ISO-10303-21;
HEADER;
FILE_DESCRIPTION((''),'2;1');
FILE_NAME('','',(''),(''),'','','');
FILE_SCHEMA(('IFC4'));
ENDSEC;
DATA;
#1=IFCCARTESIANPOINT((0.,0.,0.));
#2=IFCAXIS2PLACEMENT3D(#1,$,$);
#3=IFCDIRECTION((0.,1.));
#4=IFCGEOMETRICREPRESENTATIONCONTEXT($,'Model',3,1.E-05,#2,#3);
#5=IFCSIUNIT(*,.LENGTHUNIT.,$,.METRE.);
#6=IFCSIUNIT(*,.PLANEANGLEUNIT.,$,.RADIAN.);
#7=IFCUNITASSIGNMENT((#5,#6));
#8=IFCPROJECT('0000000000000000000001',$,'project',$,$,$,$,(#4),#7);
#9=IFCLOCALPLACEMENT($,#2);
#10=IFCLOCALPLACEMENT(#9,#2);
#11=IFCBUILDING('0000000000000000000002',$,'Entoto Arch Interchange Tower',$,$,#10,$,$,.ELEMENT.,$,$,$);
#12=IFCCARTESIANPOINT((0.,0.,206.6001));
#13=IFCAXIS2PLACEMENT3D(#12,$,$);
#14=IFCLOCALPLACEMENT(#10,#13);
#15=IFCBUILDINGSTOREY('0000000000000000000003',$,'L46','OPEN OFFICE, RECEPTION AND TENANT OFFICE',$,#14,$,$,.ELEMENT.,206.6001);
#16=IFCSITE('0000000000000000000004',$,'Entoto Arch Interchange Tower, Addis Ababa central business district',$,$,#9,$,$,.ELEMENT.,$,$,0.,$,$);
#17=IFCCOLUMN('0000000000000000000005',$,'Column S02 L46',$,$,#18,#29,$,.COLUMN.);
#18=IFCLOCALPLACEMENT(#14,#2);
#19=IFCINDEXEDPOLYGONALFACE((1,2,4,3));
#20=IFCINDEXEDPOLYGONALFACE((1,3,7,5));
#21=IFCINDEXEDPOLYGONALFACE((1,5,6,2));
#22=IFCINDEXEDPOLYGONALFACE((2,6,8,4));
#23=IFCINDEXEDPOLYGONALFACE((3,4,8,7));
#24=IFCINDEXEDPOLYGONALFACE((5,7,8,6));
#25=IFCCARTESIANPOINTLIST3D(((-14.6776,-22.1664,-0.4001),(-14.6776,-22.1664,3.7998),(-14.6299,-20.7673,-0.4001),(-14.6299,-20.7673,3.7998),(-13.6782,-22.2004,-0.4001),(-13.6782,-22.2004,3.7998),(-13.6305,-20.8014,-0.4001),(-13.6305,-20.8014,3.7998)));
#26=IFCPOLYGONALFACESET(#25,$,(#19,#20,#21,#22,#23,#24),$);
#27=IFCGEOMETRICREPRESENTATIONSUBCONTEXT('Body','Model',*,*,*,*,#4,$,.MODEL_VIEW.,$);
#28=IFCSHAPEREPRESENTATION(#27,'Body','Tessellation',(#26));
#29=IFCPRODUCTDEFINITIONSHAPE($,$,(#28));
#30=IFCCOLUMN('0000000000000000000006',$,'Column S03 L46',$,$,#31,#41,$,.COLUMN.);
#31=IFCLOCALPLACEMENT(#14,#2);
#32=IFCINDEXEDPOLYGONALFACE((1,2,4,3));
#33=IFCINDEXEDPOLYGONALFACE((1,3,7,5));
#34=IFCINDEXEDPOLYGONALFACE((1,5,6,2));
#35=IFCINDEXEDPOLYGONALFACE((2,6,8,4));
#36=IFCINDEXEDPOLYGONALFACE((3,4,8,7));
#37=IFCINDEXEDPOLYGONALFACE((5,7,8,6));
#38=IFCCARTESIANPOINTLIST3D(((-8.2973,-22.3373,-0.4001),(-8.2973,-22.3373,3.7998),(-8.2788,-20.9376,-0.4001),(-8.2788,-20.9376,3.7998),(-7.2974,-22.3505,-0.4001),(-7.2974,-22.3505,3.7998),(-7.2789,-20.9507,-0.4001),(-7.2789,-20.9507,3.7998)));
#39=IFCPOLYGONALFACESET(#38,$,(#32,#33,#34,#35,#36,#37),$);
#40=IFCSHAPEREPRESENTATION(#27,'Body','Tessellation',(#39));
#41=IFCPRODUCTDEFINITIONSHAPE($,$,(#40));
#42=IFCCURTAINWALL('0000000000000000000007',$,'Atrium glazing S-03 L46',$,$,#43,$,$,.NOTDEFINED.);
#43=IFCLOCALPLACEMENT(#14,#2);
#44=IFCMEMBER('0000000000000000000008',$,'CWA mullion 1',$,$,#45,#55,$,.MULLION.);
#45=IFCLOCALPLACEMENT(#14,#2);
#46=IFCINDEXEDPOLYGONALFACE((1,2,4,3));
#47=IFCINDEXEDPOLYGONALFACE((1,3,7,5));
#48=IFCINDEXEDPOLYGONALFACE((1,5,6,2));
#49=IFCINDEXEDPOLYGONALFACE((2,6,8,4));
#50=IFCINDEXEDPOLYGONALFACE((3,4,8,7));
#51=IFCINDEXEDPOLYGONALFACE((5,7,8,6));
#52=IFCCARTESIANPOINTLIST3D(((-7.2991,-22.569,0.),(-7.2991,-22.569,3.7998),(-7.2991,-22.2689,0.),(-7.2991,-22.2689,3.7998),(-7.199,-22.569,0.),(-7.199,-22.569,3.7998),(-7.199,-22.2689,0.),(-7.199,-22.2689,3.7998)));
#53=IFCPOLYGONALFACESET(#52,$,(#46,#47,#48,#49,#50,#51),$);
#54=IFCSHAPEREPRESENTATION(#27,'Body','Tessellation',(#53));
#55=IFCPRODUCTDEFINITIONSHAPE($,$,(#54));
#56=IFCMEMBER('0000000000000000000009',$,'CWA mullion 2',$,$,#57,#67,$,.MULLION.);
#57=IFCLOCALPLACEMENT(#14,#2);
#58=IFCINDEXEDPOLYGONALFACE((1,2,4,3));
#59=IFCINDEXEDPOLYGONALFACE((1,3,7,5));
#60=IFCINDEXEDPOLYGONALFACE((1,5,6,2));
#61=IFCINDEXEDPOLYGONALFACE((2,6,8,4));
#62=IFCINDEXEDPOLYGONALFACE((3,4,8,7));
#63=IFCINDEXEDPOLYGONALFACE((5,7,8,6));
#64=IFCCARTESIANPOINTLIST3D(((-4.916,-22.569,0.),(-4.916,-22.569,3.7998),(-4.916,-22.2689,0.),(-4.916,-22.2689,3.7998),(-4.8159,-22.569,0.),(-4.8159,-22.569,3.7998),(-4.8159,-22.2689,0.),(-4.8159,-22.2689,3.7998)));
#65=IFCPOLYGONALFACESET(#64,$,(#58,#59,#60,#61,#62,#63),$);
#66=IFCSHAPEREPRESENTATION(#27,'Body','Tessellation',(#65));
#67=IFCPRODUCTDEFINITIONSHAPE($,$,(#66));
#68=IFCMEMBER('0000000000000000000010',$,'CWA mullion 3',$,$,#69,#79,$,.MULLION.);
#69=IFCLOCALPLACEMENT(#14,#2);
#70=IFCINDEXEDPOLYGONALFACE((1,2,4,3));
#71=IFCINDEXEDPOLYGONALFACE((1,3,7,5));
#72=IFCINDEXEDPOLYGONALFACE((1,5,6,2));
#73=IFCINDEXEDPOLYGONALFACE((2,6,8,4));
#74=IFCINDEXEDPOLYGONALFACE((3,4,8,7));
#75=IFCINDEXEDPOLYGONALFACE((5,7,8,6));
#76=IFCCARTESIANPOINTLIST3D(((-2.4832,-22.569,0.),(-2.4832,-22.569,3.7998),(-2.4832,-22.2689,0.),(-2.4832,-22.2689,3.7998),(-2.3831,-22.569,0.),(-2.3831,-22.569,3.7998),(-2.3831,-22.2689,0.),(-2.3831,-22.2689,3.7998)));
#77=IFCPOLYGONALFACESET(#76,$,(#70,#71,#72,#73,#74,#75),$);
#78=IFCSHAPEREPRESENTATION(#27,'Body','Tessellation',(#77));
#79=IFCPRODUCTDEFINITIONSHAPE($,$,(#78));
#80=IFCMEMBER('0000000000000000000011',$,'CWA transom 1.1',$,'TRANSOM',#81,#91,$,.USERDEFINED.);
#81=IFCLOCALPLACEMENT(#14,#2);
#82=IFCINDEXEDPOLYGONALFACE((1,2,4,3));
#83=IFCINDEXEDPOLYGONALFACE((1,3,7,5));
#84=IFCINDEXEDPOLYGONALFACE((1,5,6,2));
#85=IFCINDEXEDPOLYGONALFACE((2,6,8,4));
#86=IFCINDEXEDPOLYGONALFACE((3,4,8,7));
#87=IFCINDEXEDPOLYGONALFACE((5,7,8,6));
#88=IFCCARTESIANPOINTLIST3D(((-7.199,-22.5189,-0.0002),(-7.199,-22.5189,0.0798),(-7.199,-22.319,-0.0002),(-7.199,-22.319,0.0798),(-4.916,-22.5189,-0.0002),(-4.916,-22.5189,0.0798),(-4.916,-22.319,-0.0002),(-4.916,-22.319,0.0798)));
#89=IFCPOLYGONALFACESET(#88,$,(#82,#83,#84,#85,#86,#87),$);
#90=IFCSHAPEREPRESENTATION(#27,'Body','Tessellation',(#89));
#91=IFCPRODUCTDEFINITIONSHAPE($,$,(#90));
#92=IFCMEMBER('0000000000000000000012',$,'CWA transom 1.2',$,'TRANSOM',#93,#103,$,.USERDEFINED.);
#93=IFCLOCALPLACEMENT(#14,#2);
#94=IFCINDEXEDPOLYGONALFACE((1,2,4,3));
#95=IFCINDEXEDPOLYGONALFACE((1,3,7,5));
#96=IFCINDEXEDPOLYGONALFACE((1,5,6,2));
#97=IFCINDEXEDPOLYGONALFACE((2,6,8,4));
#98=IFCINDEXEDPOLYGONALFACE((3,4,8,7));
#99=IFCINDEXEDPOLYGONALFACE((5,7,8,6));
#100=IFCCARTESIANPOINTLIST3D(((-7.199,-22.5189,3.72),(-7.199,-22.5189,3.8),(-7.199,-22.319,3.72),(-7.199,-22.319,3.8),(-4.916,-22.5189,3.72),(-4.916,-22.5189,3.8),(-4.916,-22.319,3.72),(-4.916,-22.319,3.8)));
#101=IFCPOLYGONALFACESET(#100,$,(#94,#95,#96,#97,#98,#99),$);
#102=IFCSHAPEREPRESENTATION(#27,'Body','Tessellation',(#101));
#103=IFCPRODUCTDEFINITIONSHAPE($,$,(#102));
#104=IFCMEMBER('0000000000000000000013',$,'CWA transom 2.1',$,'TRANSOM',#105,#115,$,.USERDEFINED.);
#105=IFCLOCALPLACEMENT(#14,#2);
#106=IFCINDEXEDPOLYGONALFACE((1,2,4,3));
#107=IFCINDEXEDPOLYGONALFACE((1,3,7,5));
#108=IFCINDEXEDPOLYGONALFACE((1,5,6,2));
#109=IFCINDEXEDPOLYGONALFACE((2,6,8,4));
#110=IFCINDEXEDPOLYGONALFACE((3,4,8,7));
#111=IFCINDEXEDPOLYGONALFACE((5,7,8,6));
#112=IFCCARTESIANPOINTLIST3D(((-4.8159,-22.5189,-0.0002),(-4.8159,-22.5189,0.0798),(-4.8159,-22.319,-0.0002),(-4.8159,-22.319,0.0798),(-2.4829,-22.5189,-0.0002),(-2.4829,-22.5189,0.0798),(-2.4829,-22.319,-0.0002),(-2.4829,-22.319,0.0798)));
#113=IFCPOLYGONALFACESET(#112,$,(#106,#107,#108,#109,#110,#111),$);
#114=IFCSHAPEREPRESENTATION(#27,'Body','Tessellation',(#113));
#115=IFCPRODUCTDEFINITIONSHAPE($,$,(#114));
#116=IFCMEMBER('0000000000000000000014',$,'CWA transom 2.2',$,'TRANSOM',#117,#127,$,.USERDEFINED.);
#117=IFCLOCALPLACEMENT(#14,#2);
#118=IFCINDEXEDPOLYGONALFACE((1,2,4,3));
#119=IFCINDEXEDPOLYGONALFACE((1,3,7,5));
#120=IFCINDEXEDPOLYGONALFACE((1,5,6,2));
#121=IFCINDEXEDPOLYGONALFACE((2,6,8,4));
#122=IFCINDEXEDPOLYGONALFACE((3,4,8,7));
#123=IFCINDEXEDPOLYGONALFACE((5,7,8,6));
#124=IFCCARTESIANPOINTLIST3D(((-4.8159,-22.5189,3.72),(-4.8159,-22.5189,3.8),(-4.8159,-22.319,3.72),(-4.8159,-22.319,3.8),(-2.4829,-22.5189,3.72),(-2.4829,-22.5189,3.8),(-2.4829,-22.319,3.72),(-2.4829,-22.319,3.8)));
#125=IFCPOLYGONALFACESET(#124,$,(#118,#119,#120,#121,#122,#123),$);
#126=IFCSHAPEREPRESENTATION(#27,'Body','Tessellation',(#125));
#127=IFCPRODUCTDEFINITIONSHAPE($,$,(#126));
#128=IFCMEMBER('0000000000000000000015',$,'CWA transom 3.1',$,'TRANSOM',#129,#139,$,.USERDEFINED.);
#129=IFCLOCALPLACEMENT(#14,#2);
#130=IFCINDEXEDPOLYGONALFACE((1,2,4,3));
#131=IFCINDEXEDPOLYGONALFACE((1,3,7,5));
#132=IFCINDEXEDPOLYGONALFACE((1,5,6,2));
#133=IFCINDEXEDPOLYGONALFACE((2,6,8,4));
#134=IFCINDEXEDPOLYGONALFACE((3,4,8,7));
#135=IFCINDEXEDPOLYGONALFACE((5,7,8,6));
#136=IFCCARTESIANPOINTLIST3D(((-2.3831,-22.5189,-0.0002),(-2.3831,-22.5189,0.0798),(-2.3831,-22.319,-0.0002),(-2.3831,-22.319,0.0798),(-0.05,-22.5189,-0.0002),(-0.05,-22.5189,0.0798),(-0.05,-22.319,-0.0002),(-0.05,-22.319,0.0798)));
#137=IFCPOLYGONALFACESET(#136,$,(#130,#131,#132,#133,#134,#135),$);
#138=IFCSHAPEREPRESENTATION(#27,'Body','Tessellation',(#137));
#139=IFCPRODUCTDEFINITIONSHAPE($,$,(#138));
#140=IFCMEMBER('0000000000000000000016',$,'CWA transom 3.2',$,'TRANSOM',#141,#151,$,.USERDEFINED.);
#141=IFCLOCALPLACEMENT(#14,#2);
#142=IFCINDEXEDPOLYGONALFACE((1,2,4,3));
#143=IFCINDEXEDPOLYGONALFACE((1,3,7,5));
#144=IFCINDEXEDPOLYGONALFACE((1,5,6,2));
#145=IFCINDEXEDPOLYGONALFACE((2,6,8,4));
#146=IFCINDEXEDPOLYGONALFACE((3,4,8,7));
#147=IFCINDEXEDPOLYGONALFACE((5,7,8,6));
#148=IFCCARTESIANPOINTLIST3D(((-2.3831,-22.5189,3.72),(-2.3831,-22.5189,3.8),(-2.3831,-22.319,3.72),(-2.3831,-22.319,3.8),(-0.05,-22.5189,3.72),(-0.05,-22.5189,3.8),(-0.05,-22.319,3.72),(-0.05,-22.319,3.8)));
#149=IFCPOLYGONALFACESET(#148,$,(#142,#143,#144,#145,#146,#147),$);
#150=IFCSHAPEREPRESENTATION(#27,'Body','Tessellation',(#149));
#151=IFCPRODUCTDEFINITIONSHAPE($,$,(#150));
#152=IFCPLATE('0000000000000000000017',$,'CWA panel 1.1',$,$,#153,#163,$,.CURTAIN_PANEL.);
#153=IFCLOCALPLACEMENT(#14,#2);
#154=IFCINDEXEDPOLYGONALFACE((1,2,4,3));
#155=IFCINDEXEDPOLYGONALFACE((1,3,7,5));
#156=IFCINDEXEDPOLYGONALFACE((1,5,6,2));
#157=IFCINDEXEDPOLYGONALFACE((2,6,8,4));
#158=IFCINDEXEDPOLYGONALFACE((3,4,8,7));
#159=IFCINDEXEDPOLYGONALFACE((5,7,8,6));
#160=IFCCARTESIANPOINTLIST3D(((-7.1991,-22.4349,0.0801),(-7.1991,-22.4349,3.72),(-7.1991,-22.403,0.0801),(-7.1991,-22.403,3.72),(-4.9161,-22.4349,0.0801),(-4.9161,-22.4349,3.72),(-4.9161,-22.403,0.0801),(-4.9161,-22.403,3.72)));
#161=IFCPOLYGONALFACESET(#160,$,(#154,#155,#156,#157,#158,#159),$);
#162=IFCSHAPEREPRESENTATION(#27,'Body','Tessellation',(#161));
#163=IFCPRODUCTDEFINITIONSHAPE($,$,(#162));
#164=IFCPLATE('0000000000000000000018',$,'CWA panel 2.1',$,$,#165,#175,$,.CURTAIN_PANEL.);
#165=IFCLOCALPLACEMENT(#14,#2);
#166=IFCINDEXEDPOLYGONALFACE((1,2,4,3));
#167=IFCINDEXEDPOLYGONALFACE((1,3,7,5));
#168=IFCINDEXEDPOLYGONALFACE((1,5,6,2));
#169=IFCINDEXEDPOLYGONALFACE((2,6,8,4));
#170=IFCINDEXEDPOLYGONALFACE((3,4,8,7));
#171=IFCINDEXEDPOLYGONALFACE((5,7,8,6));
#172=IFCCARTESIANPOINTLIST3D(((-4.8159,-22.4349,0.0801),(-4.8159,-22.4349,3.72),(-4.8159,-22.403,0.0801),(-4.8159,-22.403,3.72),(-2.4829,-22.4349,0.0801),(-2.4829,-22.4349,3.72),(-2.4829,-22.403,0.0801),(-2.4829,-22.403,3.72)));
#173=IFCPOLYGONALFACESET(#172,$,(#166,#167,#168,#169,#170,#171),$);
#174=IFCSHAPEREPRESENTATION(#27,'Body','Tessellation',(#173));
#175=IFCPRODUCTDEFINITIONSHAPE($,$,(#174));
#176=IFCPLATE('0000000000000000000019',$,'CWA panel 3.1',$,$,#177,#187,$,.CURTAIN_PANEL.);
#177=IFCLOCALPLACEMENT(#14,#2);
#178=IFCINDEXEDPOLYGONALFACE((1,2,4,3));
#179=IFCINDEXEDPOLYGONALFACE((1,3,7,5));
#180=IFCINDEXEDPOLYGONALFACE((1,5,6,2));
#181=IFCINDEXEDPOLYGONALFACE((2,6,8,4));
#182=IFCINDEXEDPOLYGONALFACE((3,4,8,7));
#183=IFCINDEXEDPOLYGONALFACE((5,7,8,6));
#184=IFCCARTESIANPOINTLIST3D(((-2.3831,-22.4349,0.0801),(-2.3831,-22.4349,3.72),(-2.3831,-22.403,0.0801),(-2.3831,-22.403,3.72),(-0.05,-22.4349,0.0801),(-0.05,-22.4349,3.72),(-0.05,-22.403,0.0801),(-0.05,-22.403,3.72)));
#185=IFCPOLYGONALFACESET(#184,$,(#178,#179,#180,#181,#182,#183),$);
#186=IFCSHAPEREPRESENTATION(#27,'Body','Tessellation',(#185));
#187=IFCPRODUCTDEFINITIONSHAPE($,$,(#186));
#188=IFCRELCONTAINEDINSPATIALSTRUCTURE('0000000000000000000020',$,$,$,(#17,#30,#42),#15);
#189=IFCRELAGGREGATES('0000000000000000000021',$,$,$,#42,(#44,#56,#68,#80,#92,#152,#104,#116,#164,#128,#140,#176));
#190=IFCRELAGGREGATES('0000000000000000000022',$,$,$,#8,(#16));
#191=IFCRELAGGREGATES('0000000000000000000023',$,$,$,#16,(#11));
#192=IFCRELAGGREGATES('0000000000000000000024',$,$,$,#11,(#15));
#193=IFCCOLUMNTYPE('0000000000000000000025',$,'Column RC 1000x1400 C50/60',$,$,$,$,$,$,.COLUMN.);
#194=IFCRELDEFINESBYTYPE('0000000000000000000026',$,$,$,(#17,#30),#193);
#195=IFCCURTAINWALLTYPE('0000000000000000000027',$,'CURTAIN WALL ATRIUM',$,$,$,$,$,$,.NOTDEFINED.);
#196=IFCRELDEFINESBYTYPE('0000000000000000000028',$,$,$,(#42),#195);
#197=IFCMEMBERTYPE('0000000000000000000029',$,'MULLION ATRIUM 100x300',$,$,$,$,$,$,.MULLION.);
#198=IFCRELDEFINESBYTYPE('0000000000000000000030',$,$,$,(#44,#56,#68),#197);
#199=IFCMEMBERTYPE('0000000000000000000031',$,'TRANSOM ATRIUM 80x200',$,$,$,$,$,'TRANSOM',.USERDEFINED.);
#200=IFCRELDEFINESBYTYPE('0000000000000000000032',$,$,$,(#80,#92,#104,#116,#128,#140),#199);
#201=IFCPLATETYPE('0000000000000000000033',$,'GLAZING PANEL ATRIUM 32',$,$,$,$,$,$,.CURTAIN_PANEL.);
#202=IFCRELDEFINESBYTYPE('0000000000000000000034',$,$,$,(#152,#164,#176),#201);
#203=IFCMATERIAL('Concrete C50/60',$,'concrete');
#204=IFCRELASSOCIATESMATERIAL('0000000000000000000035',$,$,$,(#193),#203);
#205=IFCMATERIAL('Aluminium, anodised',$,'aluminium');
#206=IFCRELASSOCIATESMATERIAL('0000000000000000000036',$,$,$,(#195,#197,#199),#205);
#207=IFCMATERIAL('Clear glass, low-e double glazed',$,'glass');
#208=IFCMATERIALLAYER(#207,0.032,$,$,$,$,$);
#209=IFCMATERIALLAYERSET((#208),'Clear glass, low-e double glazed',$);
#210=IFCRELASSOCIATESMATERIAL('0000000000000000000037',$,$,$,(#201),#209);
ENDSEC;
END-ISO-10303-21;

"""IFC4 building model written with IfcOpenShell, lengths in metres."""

from ifc_helpers import new_model, si_unit, direction, frame, origin, origin_2d, place, context, subcontext, project, spatial, rectangle, extrude, material, layer, layer_set, material_profile, profile_set, type_object, element, aggregate, save


model = new_model("IFC4")

# Units and contexts
model_context = context("Model", 3, precision=1e-05, world=origin(), true_north=direction((0.0, 1.0)))
body_context = subcontext(model_context, "Body", "Model", "MODEL_VIEW")
ifc_project = project(units=[si_unit("LENGTHUNIT", "METRE"), si_unit("PLANEANGLEUNIT", "RADIAN")], contexts=[model_context])

# Site, building, storey
site_placement = place(None, origin())
site = spatial("IfcSite", under=ifc_project, at=site_placement, Name="Entoto Arch Interchange Tower, Addis Ababa central business district", CompositionType="ELEMENT", RefElevation=0.0)
building_placement = place(site_placement, origin())
building = spatial("IfcBuilding", under=site, at=building_placement, Name="Entoto Arch Interchange Tower", CompositionType="ELEMENT")
storey_placement = place(building_placement, frame((0.0, 0.0, 206.6001)))
storey = spatial("IfcBuildingStorey", under=building, at=storey_placement, Name="L46", Description="OPEN OFFICE, RECEPTION AND TENANT OFFICE", CompositionType="ELEMENT", Elevation=206.6001)

# Columns
ifc_material_1 = material(Name="Concrete C50/60", Category="concrete")
ifc_material_profile_1 = material_profile(ifc_material_1, rectangle(XDim=1.0, YDim=1.3999, at=origin_2d()))
ifc_profile_set_1 = profile_set([ifc_material_profile_1], Name="Concrete C50/60")
column_type = type_object("IfcColumnType", Name="Column RC 1000x1400 C50/60", PredefinedType="COLUMN", material=ifc_profile_set_1)
for number, where, z_axis, x_axis, name in (
    (1, (-14.1541, -21.4839, -0.4001), (0.0, 0.0, 1.0), (-0.999421, 0.034027, 0.0), "Column S02 L46"),
    (2, (-7.7881, -21.644, -0.4001), (0.0, 0.0, 1.0), (-0.999913, 0.013177, 0.0), "Column S03 L46"),
):
    element("IfcColumn", number, at=place(storey_placement, frame(where, z_axis=z_axis, x_axis=x_axis)), inside=storey, type_object=column_type, Name=name, PredefinedType="COLUMN", context=body_context, shape_type="SweptSolid", body=[
        extrude(rectangle(XDim=1.0, YDim=1.3999, at=origin_2d()), origin(), (0.0, 0.0, 1.0), 4.2),
    ])

# Curtain wall, members, plates
ifc_material_2 = material(Name="Aluminium, anodised", Category="aluminium")
curtain_wall_type = type_object("IfcCurtainWallType", Name="CURTAIN WALL ATRIUM", PredefinedType="NOTDEFINED", material=ifc_material_2)
curtain_wall_placement = place(storey_placement, origin())
curtain_wall = element("IfcCurtainWall", 3, at=curtain_wall_placement, inside=storey, type_object=curtain_wall_type, Name="Atrium glazing S-03 L46", PredefinedType="NOTDEFINED")
ifc_material_profile_2 = material_profile(ifc_material_2, rectangle(XDim=0.3, YDim=0.1001, at=origin_2d()))
ifc_profile_set_2 = profile_set([ifc_material_profile_2], Name="Aluminium, anodised")
member_type_1 = type_object("IfcMemberType", Name="MULLION ATRIUM 100x300", PredefinedType="MULLION", material=ifc_profile_set_2)
member_1_placement = place(storey_placement, frame((-7.249, -22.4189, 0.0), z_axis=(0.0, 0.0, 1.0), x_axis=(0.0, 1.0, 0.0)))
member_1 = element("IfcMember", 4, at=member_1_placement, type_object=member_type_1, Name="CWA mullion 1", PredefinedType="MULLION", context=body_context, shape_type="SweptSolid", body=[
    extrude(rectangle(XDim=0.3, YDim=0.1001, at=origin_2d()), origin(), (0.0, 0.0, 1.0), 3.7998),
])
member_2_placement = place(storey_placement, frame((-4.866, -22.4189, 0.0), z_axis=(0.0, 0.0, 1.0), x_axis=(0.0, 1.0, 0.0)))
member_2 = element("IfcMember", 5, at=member_2_placement, type_object=member_type_1, Name="CWA mullion 2", PredefinedType="MULLION", context=body_context, shape_type="SweptSolid", body=[
    extrude(rectangle(XDim=0.3, YDim=0.1001, at=origin_2d()), origin(), (0.0, 0.0, 1.0), 3.7998),
])
member_3_placement = place(storey_placement, frame((-2.4331, -22.4189, 0.0), z_axis=(0.0, 0.0, 1.0), x_axis=(0.0, 1.0, 0.0)))
member_3 = element("IfcMember", 6, at=member_3_placement, type_object=member_type_1, Name="CWA mullion 3", PredefinedType="MULLION", context=body_context, shape_type="SweptSolid", body=[
    extrude(rectangle(XDim=0.3, YDim=0.1001, at=origin_2d()), origin(), (0.0, 0.0, 1.0), 3.7998),
])
ifc_material_profile_3 = material_profile(ifc_material_2, rectangle(XDim=0.2, YDim=0.0801, at=origin_2d()))
ifc_profile_set_3 = profile_set([ifc_material_profile_3], Name="Aluminium, anodised")
member_type_2 = type_object("IfcMemberType", Name="TRANSOM ATRIUM 80x200", ElementType="TRANSOM", PredefinedType="USERDEFINED", material=ifc_profile_set_3)
member_4_placement = place(storey_placement, frame((-7.199, -22.4189, 0.0398), z_axis=(1.0, 0.0, 0.0), x_axis=(0.0, 1.0, 0.0)))
member_4 = element("IfcMember", 7, at=member_4_placement, type_object=member_type_2, Name="CWA transom 1.1", ObjectType="TRANSOM", PredefinedType="USERDEFINED", context=body_context, shape_type="SweptSolid", body=[
    extrude(rectangle(XDim=0.2, YDim=0.0801, at=origin_2d()), origin(), (0.0, 0.0, 1.0), 2.283),
])
member_5_placement = place(storey_placement, frame((-7.199, -22.4189, 3.76), z_axis=(1.0, 0.0, 0.0), x_axis=(0.0, 1.0, 0.0)))
member_5 = element("IfcMember", 8, at=member_5_placement, type_object=member_type_2, Name="CWA transom 1.2", ObjectType="TRANSOM", PredefinedType="USERDEFINED", context=body_context, shape_type="SweptSolid", body=[
    extrude(rectangle(XDim=0.2, YDim=0.0801, at=origin_2d()), origin(), (0.0, 0.0, 1.0), 2.283),
])
member_6_placement = place(storey_placement, frame((-4.8159, -22.4189, 0.0398), z_axis=(1.0, 0.0, 0.0), x_axis=(0.0, 1.0, 0.0)))
member_6 = element("IfcMember", 9, at=member_6_placement, type_object=member_type_2, Name="CWA transom 2.1", ObjectType="TRANSOM", PredefinedType="USERDEFINED", context=body_context, shape_type="SweptSolid", body=[
    extrude(rectangle(XDim=0.2, YDim=0.0801, at=origin_2d()), origin(), (0.0, 0.0, 1.0), 2.333),
])
member_7_placement = place(storey_placement, frame((-4.8159, -22.4189, 3.76), z_axis=(1.0, 0.0, 0.0), x_axis=(0.0, 1.0, 0.0)))
member_7 = element("IfcMember", 10, at=member_7_placement, type_object=member_type_2, Name="CWA transom 2.2", ObjectType="TRANSOM", PredefinedType="USERDEFINED", context=body_context, shape_type="SweptSolid", body=[
    extrude(rectangle(XDim=0.2, YDim=0.0801, at=origin_2d()), origin(), (0.0, 0.0, 1.0), 2.333),
])
member_8_placement = place(storey_placement, frame((-2.3831, -22.4189, 0.0398), z_axis=(1.0, 0.0, 0.0), x_axis=(0.0, 1.0, 0.0)))
member_8 = element("IfcMember", 11, at=member_8_placement, type_object=member_type_2, Name="CWA transom 3.1", ObjectType="TRANSOM", PredefinedType="USERDEFINED", context=body_context, shape_type="SweptSolid", body=[
    extrude(rectangle(XDim=0.2, YDim=0.0801, at=origin_2d()), origin(), (0.0, 0.0, 1.0), 2.333),
])
member_9_placement = place(storey_placement, frame((-2.3831, -22.4189, 3.76), z_axis=(1.0, 0.0, 0.0), x_axis=(0.0, 1.0, 0.0)))
member_9 = element("IfcMember", 12, at=member_9_placement, type_object=member_type_2, Name="CWA transom 3.2", ObjectType="TRANSOM", PredefinedType="USERDEFINED", context=body_context, shape_type="SweptSolid", body=[
    extrude(rectangle(XDim=0.2, YDim=0.0801, at=origin_2d()), origin(), (0.0, 0.0, 1.0), 2.333),
])
ifc_material_3 = material(Name="Clear glass, low-e double glazed", Category="glass")
ifc_layer_1 = layer(ifc_material_3, 0.032)
ifc_layer_set_1 = layer_set([ifc_layer_1], Name="Clear glass, low-e double glazed")
plate_type = type_object("IfcPlateType", Name="GLAZING PANEL ATRIUM 32", PredefinedType="CURTAIN_PANEL", material=ifc_layer_set_1)
plate_1_placement = place(storey_placement, frame((-6.0576, -22.4189, 0.0801), z_axis=(0.0, 0.0, 1.0), x_axis=(1.0, 0.0, 0.0)))
plate_1 = element("IfcPlate", 13, at=plate_1_placement, type_object=plate_type, Name="CWA panel 1.1", PredefinedType="CURTAIN_PANEL", context=body_context, shape_type="SweptSolid", body=[
    extrude(rectangle(XDim=2.283, YDim=0.032, at=origin_2d()), origin(), (0.0, 0.0, 1.0), 3.6399),
])
plate_2_placement = place(storey_placement, frame((-3.6494, -22.4189, 0.0801), z_axis=(0.0, 0.0, 1.0), x_axis=(1.0, 0.0, 0.0)))
plate_2 = element("IfcPlate", 14, at=plate_2_placement, type_object=plate_type, Name="CWA panel 2.1", PredefinedType="CURTAIN_PANEL", context=body_context, shape_type="SweptSolid", body=[
    extrude(rectangle(XDim=2.333, YDim=0.032, at=origin_2d()), origin(), (0.0, 0.0, 1.0), 3.6399),
])
plate_3_placement = place(storey_placement, frame((-1.2166, -22.4189, 0.0801), z_axis=(0.0, 0.0, 1.0), x_axis=(1.0, 0.0, 0.0)))
plate_3 = element("IfcPlate", 15, at=plate_3_placement, type_object=plate_type, Name="CWA panel 3.1", PredefinedType="CURTAIN_PANEL", context=body_context, shape_type="SweptSolid", body=[
    extrude(rectangle(XDim=2.333, YDim=0.032, at=origin_2d()), origin(), (0.0, 0.0, 1.0), 3.6399),
])
aggregate(curtain_wall, [member_1, member_2, member_3, member_4, member_5, plate_1, member_6, member_7, plate_2, member_8, member_9, plate_3])

save(model, "model.ifc")
